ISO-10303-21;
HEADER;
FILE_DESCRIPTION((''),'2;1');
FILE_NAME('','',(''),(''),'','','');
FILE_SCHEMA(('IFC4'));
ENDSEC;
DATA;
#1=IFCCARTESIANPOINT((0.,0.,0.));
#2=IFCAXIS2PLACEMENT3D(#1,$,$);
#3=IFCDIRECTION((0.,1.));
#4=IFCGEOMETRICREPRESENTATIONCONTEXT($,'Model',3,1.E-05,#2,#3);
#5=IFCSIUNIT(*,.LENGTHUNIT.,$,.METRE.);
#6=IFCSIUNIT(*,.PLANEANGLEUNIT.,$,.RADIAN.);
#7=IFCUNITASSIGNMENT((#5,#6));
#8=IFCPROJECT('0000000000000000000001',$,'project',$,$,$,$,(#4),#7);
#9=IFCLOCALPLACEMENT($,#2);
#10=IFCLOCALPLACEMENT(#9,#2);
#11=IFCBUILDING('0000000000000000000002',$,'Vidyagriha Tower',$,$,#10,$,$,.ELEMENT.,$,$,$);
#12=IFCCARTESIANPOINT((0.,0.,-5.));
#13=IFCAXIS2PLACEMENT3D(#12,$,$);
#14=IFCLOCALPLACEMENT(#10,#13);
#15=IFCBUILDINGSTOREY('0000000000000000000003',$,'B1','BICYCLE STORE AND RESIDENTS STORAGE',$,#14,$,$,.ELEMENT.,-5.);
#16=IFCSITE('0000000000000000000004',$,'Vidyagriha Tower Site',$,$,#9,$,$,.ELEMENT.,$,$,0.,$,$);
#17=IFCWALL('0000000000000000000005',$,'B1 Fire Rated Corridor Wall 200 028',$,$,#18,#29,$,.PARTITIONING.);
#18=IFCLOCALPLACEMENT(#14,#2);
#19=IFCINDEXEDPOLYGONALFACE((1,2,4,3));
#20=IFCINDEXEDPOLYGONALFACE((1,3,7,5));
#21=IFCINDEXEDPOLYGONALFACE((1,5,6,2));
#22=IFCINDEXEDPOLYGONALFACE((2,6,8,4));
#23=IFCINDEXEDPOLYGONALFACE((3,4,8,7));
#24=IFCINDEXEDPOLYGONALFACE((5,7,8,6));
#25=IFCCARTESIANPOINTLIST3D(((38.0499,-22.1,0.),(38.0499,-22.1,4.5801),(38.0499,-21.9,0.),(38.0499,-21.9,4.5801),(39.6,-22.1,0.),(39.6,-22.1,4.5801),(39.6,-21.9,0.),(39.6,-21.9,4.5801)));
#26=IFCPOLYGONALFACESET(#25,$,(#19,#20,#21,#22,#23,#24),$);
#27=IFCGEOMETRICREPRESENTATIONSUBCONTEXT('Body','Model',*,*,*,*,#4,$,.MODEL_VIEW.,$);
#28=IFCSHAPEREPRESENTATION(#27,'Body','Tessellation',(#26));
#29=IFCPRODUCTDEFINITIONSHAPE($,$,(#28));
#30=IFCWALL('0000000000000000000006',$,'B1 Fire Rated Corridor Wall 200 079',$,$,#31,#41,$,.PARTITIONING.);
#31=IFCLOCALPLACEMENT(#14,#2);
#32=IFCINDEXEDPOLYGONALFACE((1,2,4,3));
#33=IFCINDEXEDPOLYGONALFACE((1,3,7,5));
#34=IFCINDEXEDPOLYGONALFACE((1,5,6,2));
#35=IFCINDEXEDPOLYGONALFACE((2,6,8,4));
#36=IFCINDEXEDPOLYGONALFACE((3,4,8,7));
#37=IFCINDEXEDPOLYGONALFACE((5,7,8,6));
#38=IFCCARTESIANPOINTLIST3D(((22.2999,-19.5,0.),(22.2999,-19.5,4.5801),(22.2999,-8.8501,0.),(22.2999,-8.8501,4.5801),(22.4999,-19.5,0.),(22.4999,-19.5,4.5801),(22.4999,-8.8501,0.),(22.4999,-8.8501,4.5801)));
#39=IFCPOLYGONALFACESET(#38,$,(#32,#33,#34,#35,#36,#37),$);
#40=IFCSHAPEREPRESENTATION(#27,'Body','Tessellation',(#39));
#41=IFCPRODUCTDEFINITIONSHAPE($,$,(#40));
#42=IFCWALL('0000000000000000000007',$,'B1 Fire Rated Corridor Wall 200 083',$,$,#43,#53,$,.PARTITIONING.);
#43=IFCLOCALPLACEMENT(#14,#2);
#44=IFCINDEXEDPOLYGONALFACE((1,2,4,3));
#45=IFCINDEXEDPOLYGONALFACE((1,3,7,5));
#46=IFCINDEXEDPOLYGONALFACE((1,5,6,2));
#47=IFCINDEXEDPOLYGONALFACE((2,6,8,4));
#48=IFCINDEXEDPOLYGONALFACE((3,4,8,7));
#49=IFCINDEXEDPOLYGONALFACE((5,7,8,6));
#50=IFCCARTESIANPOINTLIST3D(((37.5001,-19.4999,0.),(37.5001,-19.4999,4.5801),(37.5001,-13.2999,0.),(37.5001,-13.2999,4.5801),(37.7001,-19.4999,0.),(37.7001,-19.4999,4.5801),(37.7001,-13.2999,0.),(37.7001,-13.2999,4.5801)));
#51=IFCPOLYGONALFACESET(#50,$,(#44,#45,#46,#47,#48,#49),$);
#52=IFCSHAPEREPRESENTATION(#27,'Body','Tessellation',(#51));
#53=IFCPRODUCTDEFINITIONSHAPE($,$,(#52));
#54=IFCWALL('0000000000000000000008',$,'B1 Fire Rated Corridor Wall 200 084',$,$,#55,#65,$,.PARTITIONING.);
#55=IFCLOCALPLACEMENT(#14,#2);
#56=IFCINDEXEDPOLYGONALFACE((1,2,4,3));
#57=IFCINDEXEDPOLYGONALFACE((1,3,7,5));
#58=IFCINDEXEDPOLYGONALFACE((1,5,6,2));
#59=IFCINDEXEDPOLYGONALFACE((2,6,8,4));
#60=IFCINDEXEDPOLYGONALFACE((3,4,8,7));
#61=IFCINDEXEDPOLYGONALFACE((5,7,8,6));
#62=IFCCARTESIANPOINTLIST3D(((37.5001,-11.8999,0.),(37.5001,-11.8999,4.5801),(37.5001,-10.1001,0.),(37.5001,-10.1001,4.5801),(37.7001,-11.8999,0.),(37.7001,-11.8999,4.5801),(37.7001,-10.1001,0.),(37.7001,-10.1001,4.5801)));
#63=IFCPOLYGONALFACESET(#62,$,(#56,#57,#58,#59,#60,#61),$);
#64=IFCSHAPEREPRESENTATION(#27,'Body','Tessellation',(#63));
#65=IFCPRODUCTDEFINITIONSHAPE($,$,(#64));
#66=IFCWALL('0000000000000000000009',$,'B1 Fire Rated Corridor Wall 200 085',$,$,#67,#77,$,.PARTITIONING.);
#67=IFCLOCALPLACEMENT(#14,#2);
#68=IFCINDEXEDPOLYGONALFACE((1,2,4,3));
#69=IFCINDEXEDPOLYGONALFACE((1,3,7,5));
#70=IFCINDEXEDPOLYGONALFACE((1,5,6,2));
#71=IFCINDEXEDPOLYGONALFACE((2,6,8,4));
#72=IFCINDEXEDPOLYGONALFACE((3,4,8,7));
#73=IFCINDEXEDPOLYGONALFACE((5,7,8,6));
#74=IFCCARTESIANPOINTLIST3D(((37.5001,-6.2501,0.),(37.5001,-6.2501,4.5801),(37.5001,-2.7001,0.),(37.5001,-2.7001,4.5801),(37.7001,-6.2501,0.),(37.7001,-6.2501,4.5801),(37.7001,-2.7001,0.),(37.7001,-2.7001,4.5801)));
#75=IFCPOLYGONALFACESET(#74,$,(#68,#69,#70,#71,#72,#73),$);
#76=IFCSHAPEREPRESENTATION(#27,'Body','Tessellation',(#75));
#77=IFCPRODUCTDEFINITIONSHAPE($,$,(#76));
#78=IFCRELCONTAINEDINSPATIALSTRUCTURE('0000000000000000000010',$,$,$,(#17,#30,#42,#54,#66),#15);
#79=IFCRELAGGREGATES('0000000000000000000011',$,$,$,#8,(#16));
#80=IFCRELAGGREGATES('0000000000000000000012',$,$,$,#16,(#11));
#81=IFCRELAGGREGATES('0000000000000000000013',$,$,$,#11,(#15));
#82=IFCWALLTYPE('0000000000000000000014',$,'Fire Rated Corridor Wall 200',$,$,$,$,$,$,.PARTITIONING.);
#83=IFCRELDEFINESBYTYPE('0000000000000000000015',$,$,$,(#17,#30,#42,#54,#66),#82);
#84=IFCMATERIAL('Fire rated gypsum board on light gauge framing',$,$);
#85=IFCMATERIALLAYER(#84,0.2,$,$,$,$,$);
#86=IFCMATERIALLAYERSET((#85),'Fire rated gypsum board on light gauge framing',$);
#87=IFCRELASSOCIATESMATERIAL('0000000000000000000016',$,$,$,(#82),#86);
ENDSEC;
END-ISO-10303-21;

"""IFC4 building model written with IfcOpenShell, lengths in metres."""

from ifc_helpers import new_model, si_unit, direction, frame, frame_2d, origin, place, context, subcontext, project, spatial, rectangle, extrude, material, layer, layer_set, type_object, element, save


model = new_model("IFC4")

# Units and contexts
model_context = context("Model", 3, precision=1e-05, world=origin(), true_north=direction((0.0, 1.0)))
body_context = subcontext(model_context, "Body", "Model", "MODEL_VIEW")
ifc_project = project(units=[si_unit("LENGTHUNIT", "METRE"), si_unit("PLANEANGLEUNIT", "RADIAN")], contexts=[model_context])

# Site, building, storey
site_placement = place(None, origin())
site = spatial("IfcSite", under=ifc_project, at=site_placement, Name="Vidyagriha Tower Site", CompositionType="ELEMENT", RefElevation=0.0)
building_placement = place(site_placement, origin())
building = spatial("IfcBuilding", under=site, at=building_placement, Name="Vidyagriha Tower", CompositionType="ELEMENT")
storey_placement = place(building_placement, frame((0.0, 0.0, -5.0)))
storey = spatial("IfcBuildingStorey", under=building, at=storey_placement, Name="B1", Description="BICYCLE STORE AND RESIDENTS STORAGE", CompositionType="ELEMENT", Elevation=-5.0)

# Walls
ifc_material_1 = material(Name="Fire rated gypsum board on light gauge framing")
ifc_layer = layer(ifc_material_1, 0.2)
ifc_layer_set = layer_set([ifc_layer], Name="Fire rated gypsum board on light gauge framing")
wall_type = type_object("IfcWallType", Name="Fire Rated Corridor Wall 200", PredefinedType="PARTITIONING", material=ifc_layer_set)
wall_1_placement = place(storey_placement, frame((38.05, -22.0, 0.0)))
element("IfcWall", 1, at=wall_1_placement, inside=storey, type_object=wall_type, Name="B1 Fire Rated Corridor Wall 200 028", PredefinedType="PARTITIONING", context=body_context, shape_type="SweptSolid", body=[
    extrude(rectangle(XDim=1.55, YDim=0.2, at=frame_2d((0.7749, 0.0))), origin(), (0.0, 0.0, 1.0), 4.5801),
])
wall_2_placement = place(storey_placement, frame((22.3999, -19.5, 0.0), z_axis=(0.0, 0.0, 1.0), x_axis=(0.0, 1.0, 0.0)))
element("IfcWall", 2, at=wall_2_placement, inside=storey, type_object=wall_type, Name="B1 Fire Rated Corridor Wall 200 079", PredefinedType="PARTITIONING", context=body_context, shape_type="SweptSolid", body=[
    extrude(rectangle(XDim=10.6499, YDim=0.2, at=frame_2d((5.325, 0.0))), origin(), (0.0, 0.0, 1.0), 4.5801),
])
wall_3_placement = place(storey_placement, frame((37.6001, -19.5, 0.0), z_axis=(0.0, 0.0, 1.0), x_axis=(0.0, 1.0, 0.0)))
element("IfcWall", 3, at=wall_3_placement, inside=storey, type_object=wall_type, Name="B1 Fire Rated Corridor Wall 200 083", PredefinedType="PARTITIONING", context=body_context, shape_type="SweptSolid", body=[
    extrude(rectangle(XDim=6.2, YDim=0.2, at=frame_2d((3.1001, 0.0))), origin(), (0.0, 0.0, 1.0), 4.5801),
])
wall_4_placement = place(storey_placement, frame((37.6001, -11.8999, 0.0), z_axis=(0.0, 0.0, 1.0), x_axis=(0.0, 1.0, 0.0)))
element("IfcWall", 4, at=wall_4_placement, inside=storey, type_object=wall_type, Name="B1 Fire Rated Corridor Wall 200 084", PredefinedType="PARTITIONING", context=body_context, shape_type="SweptSolid", body=[
    extrude(rectangle(XDim=1.7998, YDim=0.2, at=frame_2d((0.8999, 0.0))), origin(), (0.0, 0.0, 1.0), 4.5801),
])
wall_5_placement = place(storey_placement, frame((37.6001, -6.25, 0.0), z_axis=(0.0, 0.0, 1.0), x_axis=(0.0, 1.0, 0.0)))
element("IfcWall", 5, at=wall_5_placement, inside=storey, type_object=wall_type, Name="B1 Fire Rated Corridor Wall 200 085", PredefinedType="PARTITIONING", context=body_context, shape_type="SweptSolid", body=[
    extrude(rectangle(XDim=3.55, YDim=0.2, at=frame_2d((1.7749, 0.0))), origin(), (0.0, 0.0, 1.0), 4.5801),
])

save(model, "model.ifc")
